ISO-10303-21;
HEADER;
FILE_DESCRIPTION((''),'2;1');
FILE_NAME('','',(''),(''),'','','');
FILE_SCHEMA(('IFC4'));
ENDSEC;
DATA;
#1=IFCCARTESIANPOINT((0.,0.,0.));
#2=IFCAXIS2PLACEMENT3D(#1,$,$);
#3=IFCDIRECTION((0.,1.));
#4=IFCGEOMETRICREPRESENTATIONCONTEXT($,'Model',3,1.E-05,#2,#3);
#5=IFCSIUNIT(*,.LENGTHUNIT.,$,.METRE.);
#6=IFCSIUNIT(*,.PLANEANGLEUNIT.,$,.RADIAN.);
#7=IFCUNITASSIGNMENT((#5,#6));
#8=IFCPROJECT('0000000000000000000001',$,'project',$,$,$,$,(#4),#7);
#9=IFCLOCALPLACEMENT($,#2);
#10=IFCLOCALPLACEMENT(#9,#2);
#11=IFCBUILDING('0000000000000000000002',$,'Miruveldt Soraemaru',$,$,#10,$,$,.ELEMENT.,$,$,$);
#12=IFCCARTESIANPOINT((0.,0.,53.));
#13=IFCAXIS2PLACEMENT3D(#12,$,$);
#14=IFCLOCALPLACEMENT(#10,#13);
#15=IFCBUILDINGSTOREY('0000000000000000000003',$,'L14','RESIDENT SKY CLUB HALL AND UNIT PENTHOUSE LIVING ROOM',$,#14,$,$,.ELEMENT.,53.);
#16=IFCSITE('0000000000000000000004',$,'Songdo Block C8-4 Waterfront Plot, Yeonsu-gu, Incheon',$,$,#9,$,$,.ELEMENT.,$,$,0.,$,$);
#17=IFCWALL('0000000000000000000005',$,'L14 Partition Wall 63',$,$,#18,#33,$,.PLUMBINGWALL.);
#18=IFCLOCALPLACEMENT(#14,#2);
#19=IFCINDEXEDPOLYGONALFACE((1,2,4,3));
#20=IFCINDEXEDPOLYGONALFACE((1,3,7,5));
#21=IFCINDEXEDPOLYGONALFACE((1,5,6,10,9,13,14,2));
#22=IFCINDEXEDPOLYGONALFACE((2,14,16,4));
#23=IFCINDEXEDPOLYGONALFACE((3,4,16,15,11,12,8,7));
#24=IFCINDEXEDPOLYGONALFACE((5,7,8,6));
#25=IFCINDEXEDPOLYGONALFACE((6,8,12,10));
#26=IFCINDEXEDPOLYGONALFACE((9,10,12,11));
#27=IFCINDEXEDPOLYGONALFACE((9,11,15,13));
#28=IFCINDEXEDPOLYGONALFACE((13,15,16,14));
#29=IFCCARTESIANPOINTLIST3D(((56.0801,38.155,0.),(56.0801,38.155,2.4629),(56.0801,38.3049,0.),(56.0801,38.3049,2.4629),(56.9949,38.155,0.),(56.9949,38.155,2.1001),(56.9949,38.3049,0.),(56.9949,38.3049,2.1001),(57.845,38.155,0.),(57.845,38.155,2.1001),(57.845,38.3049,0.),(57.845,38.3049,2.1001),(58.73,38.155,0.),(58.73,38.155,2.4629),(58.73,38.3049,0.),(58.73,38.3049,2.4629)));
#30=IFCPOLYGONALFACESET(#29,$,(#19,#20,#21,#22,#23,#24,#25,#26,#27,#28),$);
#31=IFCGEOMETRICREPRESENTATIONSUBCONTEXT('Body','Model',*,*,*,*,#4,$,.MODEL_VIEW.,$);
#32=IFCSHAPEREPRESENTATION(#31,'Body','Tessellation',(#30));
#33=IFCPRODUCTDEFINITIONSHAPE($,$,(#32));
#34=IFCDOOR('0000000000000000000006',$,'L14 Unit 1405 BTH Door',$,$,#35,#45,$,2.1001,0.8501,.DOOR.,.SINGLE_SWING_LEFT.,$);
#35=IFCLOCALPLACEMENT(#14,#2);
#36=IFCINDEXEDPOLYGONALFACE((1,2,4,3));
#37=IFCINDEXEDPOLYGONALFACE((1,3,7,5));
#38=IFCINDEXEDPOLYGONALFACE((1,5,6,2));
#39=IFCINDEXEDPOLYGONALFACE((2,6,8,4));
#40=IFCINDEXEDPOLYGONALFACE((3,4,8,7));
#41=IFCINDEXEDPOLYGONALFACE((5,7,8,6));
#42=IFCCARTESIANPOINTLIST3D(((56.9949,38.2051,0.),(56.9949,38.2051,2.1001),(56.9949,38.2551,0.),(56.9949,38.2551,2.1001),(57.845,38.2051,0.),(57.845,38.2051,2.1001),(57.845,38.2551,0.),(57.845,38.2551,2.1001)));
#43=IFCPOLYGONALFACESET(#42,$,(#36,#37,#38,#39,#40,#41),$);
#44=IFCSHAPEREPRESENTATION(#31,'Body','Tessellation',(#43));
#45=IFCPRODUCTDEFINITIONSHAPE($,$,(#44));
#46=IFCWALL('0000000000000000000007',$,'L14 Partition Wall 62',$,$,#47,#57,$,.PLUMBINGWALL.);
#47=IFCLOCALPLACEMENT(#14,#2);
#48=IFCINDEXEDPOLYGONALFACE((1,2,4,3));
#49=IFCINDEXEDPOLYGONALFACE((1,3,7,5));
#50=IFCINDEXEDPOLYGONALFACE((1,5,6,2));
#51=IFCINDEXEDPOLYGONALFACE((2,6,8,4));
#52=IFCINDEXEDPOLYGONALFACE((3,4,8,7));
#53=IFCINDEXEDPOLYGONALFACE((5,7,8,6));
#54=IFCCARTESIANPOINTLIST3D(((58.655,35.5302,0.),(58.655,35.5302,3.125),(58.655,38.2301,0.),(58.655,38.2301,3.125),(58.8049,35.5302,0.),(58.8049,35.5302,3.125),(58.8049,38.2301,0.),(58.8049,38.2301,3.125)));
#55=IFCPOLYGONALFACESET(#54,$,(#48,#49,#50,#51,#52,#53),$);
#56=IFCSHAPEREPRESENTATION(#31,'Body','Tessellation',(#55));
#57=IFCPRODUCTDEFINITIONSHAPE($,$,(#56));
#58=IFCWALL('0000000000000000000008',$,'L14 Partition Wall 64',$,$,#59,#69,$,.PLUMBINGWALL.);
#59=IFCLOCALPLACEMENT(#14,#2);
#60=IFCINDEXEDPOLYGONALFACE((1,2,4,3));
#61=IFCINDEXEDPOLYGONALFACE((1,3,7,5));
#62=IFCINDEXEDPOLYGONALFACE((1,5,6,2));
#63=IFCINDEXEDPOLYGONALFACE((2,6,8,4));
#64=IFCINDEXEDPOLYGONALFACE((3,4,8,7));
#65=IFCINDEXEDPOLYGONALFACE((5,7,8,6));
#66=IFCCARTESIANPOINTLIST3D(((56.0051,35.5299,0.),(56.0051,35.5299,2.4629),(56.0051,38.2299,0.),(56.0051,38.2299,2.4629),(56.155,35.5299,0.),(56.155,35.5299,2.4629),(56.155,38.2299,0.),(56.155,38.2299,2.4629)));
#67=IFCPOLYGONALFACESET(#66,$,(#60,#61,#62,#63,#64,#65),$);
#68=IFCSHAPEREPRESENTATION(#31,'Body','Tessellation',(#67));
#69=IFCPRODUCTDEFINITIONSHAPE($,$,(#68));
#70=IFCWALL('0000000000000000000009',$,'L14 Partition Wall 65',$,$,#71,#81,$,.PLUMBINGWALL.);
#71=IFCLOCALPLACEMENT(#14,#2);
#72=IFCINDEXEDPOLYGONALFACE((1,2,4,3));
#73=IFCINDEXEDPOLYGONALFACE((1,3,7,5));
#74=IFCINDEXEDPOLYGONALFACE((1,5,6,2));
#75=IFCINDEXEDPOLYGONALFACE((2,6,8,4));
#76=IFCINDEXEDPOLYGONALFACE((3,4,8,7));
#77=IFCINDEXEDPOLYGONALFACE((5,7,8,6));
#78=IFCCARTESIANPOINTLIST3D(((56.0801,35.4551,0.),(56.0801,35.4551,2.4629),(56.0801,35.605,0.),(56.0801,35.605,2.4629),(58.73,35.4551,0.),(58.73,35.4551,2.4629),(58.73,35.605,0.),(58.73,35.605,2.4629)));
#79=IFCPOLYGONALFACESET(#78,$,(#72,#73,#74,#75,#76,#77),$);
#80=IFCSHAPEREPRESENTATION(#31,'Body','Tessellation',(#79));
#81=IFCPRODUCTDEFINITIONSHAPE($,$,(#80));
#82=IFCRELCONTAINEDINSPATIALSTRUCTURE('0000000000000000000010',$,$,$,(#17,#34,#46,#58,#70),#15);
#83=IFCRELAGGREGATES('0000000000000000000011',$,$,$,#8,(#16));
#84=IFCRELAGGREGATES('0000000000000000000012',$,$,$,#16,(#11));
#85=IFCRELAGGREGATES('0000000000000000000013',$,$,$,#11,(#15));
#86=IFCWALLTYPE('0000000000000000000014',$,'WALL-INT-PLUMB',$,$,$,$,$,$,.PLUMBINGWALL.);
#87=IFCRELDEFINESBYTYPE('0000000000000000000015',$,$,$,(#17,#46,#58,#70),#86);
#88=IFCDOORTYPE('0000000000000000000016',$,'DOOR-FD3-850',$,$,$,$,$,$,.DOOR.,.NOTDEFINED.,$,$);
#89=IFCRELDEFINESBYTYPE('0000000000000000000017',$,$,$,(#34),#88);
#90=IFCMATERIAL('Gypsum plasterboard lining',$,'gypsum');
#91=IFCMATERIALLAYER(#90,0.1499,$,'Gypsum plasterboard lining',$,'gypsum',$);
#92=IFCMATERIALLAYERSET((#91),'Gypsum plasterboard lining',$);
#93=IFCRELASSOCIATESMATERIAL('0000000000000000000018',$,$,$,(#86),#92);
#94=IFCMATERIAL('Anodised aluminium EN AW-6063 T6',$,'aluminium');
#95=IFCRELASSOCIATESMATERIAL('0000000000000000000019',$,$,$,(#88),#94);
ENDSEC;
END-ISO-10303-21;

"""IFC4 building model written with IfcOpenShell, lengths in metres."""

from ifc_helpers import new_model, si_unit, direction, frame, frame_2d, origin, place, context, subcontext, project, spatial, rectangle, extrude, material, layer, layer_set, type_object, element, fill, save


model = new_model("IFC4")

# Units and contexts
model_context = context("Model", 3, precision=1e-05, world=origin(), true_north=direction((0.0, 1.0)))
body_context = subcontext(model_context, "Body", "Model", "MODEL_VIEW")
ifc_project = project(units=[si_unit("LENGTHUNIT", "METRE"), si_unit("PLANEANGLEUNIT", "RADIAN")], contexts=[model_context])

# Site, building, storey
site_placement = place(None, origin())
site = spatial("IfcSite", under=ifc_project, at=site_placement, Name="Songdo Block C8-4 Waterfront Plot, Yeonsu-gu, Incheon", CompositionType="ELEMENT", RefElevation=0.0)
building_placement = place(site_placement, origin())
building = spatial("IfcBuilding", under=site, at=building_placement, Name="Miruveldt Soraemaru", CompositionType="ELEMENT")
storey_placement = place(building_placement, frame((0.0, 0.0, 53.0)))
storey = spatial("IfcBuildingStorey", under=building, at=storey_placement, Name="L14", Description="RESIDENT SKY CLUB HALL AND UNIT PENTHOUSE LIVING ROOM", CompositionType="ELEMENT", Elevation=53.0)

# Shared definitions
ifc_material_1 = material(Name="Gypsum plasterboard lining", Category="gypsum")
ifc_material_2 = material(Name="Anodised aluminium EN AW-6063 T6", Category="aluminium")

# Wall, opening, door
ifc_layer_1 = layer(ifc_material_1, 0.1499, Name="Gypsum plasterboard lining", Category="gypsum")
ifc_layer_set_1 = layer_set([ifc_layer_1], Name="Gypsum plasterboard lining")
wall_type_1 = type_object("IfcWallType", Name="WALL-INT-PLUMB", PredefinedType="PLUMBINGWALL", material=ifc_layer_set_1)
wall_1_placement = place(storey_placement, frame((58.73, 38.23, 0.0), z_axis=(0.0, 0.0, 1.0), x_axis=(-1.0, 0.0, 0.0)))
wall_1 = element("IfcWall", 1, at=wall_1_placement, inside=storey, type_object=wall_type_1, Name="L14 Partition Wall 63", PredefinedType="PLUMBINGWALL", context=body_context, shape_type="SweptSolid", body=[
    extrude(rectangle(XDim=2.6499, YDim=0.1499, at=frame_2d((1.325, 0.0))), origin(), (0.0, 0.0, 1.0), 2.4629),
])
opening_1_placement = place(wall_1_placement, frame((0.885, 0.0, 0.0)))
opening_1 = element("IfcOpeningElement", 2, at=opening_1_placement, cuts=wall_1, PredefinedType="OPENING", context=body_context, shape_type="SweptSolid", body=[
    extrude(rectangle(XDim=0.8501, YDim=2.1001, at=frame_2d((0.425, 1.05))), frame((0.0, 0.085, 0.0), z_axis=(0.0, -1.0, 0.0), x_axis=(1.0, 0.0, 0.0)), (0.0, 0.0, 1.0), 0.1699),
])
door_type_1 = type_object("IfcDoorType", Name="DOOR-FD3-850", OperationType="NOTDEFINED", PredefinedType="DOOR", material=ifc_material_2)
door_1_placement = place(opening_1_placement, origin())
door_1 = element("IfcDoor", 3, at=door_1_placement, inside=storey, type_object=door_type_1, Name="L14 Unit 1405 BTH Door", OperationType="SINGLE_SWING_LEFT", OverallHeight=2.1001, OverallWidth=0.8501, PredefinedType="DOOR", context=body_context, shape_type="SweptSolid", body=[
    extrude(rectangle(XDim=0.8501, YDim=2.1001, at=frame_2d((0.425, 1.05))), frame((0.0, 0.0249, 0.0), z_axis=(0.0, -1.0, 0.0), x_axis=(1.0, 0.0, 0.0)), (0.0, 0.0, 1.0), 0.05),
])
fill(opening_1, door_1)

# Walls
wall_2_placement = place(storey_placement, frame((58.73, 35.53, 0.0), z_axis=(0.0, 0.0, 1.0), x_axis=(0.0, 1.0, 0.0)))
element("IfcWall", 4, at=wall_2_placement, inside=storey, type_object=wall_type_1, Name="L14 Partition Wall 62", PredefinedType="PLUMBINGWALL", context=body_context, shape_type="SweptSolid", body=[
    extrude(rectangle(XDim=2.7, YDim=0.1499, at=frame_2d((1.3501, 0.0))), origin(), (0.0, 0.0, 1.0), 3.125),
])
wall_3_placement = place(storey_placement, frame((56.0801, 38.23, 0.0), z_axis=(0.0, 0.0, 1.0), x_axis=(0.0, -1.0, 0.0)))
element("IfcWall", 5, at=wall_3_placement, inside=storey, type_object=wall_type_1, Name="L14 Partition Wall 64", PredefinedType="PLUMBINGWALL", context=body_context, shape_type="SweptSolid", body=[
    extrude(rectangle(XDim=2.7, YDim=0.1499, at=frame_2d((1.3501, 0.0))), origin(), (0.0, 0.0, 1.0), 2.4629),
])
wall_4_placement = place(storey_placement, frame((56.0801, 35.53, 0.0), z_axis=(0.0, 0.0, 1.0), x_axis=(1.0, 0.0, 0.0)))
element("IfcWall", 6, at=wall_4_placement, inside=storey, type_object=wall_type_1, Name="L14 Partition Wall 65", PredefinedType="PLUMBINGWALL", context=body_context, shape_type="SweptSolid", body=[
    extrude(rectangle(XDim=2.6499, YDim=0.1499, at=frame_2d((1.325, 0.0))), origin(), (0.0, 0.0, 1.0), 2.4629),
])

save(model, "model.ifc")
